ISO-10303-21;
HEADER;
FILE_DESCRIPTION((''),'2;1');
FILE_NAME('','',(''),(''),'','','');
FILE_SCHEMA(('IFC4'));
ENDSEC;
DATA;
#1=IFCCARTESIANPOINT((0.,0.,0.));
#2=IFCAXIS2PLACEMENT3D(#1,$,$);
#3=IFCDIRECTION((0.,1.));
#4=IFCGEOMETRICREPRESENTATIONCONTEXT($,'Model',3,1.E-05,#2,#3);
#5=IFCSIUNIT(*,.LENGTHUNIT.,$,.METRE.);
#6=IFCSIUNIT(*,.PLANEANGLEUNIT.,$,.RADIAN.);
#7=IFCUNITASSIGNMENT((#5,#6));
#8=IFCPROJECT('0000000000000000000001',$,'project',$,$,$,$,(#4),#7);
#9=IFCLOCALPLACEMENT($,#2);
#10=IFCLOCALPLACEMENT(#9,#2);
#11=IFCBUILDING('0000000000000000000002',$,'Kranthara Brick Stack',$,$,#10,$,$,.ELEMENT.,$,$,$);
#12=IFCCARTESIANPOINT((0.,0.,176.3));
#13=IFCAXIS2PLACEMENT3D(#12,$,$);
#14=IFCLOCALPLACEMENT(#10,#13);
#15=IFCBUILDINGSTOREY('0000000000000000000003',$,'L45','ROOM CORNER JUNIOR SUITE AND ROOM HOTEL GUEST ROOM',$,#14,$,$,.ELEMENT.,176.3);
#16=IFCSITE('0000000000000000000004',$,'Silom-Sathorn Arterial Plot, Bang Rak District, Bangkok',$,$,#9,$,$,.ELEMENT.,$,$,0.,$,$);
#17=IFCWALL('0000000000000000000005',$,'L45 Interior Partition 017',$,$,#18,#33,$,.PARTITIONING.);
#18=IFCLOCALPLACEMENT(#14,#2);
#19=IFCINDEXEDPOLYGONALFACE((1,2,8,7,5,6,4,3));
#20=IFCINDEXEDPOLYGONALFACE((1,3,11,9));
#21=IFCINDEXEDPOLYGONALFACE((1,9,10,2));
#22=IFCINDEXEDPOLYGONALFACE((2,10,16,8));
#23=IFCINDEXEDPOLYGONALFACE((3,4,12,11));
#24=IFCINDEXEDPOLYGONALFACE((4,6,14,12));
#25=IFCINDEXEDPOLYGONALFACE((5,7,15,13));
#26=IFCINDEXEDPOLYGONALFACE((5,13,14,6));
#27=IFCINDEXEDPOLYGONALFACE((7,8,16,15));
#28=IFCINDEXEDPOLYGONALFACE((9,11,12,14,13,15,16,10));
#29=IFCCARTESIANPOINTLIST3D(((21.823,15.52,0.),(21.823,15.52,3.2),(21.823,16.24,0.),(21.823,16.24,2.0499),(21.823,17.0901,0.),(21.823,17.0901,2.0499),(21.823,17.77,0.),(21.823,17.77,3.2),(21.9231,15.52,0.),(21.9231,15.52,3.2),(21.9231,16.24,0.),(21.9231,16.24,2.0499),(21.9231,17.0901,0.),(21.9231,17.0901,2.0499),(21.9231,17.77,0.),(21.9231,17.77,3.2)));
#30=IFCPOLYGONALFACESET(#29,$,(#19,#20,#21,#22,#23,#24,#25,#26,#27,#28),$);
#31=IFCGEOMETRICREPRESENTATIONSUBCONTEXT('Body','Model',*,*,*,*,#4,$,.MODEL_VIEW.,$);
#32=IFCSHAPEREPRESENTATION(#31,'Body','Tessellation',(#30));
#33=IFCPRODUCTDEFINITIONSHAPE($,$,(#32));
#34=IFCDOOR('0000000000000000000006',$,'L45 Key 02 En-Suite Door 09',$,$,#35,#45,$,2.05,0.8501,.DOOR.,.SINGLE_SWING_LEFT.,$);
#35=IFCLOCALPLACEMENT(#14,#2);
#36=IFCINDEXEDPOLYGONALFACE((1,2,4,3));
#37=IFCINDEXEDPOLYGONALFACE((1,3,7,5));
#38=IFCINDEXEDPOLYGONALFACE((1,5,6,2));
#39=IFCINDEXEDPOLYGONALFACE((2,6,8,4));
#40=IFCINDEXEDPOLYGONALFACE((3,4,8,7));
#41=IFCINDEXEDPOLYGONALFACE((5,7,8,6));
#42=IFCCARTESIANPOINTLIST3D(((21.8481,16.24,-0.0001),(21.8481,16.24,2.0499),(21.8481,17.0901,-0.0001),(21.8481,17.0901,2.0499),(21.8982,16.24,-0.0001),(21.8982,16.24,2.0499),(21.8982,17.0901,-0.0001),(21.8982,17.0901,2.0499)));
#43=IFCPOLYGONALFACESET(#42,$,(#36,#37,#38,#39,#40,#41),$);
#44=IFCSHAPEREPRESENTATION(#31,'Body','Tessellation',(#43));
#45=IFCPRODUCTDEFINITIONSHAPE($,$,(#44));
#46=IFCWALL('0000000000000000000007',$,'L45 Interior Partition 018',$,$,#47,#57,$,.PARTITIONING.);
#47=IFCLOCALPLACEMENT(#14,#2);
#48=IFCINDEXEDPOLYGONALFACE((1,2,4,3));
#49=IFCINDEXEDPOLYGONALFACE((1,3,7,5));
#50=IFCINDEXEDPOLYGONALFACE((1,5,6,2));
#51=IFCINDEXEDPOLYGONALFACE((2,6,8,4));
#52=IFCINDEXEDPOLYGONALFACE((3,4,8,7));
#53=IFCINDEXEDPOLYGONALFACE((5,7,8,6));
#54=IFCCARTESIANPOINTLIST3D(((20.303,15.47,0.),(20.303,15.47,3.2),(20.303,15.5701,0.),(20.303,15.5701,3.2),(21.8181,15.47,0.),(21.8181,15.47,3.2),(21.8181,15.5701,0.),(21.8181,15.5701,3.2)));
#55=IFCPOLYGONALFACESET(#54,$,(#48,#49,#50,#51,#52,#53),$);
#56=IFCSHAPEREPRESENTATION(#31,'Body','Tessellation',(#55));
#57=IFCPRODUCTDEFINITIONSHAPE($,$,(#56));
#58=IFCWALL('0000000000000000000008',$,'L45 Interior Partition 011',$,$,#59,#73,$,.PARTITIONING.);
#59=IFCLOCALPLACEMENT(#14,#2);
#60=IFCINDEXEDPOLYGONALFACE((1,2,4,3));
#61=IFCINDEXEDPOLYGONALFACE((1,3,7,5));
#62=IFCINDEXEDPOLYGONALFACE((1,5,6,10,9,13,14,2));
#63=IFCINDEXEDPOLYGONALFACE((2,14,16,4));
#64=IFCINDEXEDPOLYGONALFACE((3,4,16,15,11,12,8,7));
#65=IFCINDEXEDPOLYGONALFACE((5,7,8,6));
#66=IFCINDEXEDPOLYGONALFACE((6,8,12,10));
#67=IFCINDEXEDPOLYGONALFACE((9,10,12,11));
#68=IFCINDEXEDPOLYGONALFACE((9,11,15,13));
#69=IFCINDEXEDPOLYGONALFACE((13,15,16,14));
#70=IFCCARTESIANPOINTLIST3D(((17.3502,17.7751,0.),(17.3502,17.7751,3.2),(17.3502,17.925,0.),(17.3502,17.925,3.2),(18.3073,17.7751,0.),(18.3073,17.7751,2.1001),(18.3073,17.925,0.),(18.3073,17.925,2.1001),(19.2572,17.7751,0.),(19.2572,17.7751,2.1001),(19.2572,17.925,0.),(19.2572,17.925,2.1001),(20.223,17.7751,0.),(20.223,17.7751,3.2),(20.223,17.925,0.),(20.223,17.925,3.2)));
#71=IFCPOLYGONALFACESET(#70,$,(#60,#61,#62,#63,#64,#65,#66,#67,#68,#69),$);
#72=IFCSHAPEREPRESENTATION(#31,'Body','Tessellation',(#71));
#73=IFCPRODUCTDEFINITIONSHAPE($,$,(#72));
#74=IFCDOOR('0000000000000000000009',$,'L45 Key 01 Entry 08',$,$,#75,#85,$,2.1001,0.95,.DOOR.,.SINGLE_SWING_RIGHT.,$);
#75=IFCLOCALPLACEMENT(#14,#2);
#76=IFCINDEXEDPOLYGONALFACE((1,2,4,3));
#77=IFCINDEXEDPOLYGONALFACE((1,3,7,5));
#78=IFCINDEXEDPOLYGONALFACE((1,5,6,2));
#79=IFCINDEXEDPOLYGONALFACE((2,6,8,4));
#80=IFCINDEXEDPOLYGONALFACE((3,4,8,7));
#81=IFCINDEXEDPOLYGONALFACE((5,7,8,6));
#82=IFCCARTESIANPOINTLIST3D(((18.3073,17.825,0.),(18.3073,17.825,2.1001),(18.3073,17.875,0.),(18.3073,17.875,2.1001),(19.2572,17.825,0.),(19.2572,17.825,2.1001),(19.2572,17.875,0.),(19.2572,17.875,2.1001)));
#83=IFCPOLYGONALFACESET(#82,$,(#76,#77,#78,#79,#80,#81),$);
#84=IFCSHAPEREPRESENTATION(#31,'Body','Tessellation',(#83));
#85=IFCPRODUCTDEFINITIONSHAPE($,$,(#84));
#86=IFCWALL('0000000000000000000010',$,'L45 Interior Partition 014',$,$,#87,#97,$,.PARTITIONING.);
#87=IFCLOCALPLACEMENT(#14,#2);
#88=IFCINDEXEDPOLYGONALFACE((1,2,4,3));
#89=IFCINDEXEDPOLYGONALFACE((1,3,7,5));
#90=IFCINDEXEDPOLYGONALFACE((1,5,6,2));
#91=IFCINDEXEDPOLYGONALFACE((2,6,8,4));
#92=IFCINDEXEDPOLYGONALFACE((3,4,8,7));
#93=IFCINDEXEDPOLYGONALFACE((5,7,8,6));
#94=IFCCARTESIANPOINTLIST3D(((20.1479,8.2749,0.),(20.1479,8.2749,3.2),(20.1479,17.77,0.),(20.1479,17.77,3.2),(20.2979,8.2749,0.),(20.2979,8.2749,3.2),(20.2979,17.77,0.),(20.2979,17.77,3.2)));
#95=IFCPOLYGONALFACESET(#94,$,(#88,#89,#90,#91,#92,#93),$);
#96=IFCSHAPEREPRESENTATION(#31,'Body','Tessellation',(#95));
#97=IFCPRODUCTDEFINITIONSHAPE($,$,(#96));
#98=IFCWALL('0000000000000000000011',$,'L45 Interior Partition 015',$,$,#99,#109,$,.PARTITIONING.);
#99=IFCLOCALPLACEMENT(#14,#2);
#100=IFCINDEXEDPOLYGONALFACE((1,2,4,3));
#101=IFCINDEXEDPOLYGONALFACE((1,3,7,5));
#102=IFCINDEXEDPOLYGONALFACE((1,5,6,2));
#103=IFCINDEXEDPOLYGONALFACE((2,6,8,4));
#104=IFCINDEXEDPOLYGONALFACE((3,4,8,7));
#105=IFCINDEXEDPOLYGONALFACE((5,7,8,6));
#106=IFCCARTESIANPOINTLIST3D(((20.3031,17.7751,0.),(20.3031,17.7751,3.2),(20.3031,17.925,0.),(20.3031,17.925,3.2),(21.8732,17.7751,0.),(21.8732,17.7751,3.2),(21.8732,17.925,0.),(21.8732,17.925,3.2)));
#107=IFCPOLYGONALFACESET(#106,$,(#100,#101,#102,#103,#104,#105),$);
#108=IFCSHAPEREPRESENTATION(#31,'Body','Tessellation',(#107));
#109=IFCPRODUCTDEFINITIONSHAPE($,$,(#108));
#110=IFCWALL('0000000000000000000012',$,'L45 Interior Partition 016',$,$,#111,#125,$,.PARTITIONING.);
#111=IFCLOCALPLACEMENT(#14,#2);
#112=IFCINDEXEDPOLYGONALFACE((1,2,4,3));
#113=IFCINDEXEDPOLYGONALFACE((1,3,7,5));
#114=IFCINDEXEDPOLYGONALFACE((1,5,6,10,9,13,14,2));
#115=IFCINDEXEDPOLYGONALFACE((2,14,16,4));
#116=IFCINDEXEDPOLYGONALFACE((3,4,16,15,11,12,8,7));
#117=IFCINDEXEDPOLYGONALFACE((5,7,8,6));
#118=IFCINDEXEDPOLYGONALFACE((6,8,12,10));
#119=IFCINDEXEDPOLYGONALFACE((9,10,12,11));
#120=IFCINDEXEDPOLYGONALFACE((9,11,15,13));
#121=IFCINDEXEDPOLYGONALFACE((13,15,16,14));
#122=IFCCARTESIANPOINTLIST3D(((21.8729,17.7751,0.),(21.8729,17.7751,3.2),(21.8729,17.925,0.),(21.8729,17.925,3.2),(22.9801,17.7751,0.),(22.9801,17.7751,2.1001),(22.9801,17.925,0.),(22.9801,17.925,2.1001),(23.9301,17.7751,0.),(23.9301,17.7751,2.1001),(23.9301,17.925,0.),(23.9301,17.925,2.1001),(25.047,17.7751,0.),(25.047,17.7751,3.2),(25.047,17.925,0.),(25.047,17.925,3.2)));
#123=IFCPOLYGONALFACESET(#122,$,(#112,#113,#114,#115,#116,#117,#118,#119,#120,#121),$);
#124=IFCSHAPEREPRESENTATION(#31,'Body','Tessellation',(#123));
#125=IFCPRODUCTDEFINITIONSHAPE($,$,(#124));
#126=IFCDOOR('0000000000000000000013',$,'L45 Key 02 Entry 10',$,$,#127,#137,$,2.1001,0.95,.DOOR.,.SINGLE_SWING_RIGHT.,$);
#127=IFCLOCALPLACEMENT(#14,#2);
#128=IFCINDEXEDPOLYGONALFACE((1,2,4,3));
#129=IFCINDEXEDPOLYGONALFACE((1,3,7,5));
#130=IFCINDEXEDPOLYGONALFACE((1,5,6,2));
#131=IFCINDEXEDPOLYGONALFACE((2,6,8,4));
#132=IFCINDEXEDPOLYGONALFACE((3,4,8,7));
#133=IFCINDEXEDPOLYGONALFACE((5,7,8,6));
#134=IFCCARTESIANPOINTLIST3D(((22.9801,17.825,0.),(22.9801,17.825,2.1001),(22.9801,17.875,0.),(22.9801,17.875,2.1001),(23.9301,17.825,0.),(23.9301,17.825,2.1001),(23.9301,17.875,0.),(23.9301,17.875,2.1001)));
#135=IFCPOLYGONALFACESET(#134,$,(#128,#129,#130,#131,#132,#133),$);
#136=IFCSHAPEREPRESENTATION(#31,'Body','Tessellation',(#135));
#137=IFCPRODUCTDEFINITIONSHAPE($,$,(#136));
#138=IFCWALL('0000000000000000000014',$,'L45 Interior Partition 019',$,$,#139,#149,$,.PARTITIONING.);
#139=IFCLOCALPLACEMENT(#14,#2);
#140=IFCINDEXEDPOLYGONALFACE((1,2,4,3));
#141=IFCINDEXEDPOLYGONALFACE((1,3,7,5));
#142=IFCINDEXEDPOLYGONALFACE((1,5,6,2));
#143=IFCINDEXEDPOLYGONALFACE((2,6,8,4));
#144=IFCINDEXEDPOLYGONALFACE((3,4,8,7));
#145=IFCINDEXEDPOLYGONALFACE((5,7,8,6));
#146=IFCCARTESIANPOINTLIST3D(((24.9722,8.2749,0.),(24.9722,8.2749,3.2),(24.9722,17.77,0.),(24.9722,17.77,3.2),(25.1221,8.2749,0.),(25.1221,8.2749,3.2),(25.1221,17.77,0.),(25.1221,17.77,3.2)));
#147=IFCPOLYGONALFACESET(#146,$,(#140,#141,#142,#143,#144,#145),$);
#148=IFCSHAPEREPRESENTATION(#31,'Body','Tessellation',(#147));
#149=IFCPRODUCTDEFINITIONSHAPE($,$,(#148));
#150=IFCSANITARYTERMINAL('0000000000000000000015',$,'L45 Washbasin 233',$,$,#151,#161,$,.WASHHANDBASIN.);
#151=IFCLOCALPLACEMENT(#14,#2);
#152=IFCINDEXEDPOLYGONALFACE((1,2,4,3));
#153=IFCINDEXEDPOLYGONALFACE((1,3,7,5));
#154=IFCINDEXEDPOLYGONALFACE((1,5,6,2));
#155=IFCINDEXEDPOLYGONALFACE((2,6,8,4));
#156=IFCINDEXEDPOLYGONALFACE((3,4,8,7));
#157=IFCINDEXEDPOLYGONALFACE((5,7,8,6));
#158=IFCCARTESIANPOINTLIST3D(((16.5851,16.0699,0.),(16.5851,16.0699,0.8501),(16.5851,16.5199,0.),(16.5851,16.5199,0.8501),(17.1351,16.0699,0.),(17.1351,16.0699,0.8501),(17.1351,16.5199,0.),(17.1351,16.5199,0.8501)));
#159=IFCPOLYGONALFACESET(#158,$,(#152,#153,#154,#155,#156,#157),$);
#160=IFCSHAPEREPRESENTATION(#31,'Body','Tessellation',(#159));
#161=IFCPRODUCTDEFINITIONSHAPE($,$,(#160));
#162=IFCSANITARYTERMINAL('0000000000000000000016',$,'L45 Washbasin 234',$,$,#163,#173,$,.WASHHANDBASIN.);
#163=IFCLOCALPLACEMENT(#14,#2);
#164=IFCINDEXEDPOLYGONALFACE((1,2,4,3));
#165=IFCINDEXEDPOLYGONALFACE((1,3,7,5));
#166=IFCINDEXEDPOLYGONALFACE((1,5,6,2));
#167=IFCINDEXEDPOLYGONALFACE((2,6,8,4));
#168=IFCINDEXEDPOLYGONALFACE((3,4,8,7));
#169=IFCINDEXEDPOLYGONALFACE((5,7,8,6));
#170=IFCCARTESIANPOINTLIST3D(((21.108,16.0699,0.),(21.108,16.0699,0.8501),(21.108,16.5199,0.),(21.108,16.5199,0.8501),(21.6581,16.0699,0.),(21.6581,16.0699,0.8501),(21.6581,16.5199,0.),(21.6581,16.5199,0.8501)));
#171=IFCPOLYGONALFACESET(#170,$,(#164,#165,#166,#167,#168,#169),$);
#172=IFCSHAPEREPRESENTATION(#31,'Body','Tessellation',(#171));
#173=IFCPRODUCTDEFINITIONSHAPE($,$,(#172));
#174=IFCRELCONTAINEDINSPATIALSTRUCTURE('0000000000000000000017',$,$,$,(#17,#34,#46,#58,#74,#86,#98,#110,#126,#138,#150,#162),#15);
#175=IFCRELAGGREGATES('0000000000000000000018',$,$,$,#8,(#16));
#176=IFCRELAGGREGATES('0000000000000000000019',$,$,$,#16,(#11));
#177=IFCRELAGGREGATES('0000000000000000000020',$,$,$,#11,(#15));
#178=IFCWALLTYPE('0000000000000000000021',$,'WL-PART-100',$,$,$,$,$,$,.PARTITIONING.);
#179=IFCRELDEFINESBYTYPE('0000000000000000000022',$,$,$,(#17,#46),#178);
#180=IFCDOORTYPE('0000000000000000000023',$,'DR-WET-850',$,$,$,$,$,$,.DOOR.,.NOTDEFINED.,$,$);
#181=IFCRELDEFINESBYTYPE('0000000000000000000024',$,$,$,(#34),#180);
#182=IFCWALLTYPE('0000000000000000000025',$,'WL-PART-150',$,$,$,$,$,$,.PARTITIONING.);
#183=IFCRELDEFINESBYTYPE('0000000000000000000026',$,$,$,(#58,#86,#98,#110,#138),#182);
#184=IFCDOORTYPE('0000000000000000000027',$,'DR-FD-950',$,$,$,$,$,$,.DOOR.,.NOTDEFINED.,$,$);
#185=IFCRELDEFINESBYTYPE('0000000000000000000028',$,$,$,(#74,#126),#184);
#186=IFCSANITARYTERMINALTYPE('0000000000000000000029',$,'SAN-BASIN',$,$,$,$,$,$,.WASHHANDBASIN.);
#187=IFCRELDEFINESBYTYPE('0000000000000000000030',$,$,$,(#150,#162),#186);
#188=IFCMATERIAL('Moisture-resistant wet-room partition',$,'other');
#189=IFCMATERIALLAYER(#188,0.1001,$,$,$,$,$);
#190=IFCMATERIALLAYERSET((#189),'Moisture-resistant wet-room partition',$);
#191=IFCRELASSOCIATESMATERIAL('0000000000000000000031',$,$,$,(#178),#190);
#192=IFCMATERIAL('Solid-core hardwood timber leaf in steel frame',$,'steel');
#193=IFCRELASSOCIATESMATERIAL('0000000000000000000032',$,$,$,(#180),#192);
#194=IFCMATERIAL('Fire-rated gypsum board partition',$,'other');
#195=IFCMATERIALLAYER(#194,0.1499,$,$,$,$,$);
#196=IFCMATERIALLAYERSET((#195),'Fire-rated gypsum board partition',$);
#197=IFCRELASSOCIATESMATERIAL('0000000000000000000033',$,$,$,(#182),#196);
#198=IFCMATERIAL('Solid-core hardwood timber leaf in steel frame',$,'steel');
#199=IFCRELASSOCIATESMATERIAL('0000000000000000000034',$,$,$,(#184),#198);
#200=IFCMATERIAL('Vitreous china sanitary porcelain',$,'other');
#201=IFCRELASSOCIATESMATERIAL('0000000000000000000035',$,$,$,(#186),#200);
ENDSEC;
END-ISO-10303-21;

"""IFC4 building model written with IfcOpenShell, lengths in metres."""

from ifc_helpers import new_model, si_unit, direction, frame, frame_2d, origin, origin_2d, place, context, subcontext, project, spatial, rectangle, extrude, material, layer, layer_set, type_object, element, fill, save


model = new_model("IFC4")

# Units and contexts
model_context = context("Model", 3, precision=1e-05, world=origin(), true_north=direction((0.0, 1.0)))
body_context = subcontext(model_context, "Body", "Model", "MODEL_VIEW")
ifc_project = project(units=[si_unit("LENGTHUNIT", "METRE"), si_unit("PLANEANGLEUNIT", "RADIAN")], contexts=[model_context])

# Site, building, storey
site_placement = place(None, origin())
site = spatial("IfcSite", under=ifc_project, at=site_placement, Name="Silom-Sathorn Arterial Plot, Bang Rak District, Bangkok", CompositionType="ELEMENT", RefElevation=0.0)
building_placement = place(site_placement, origin())
building = spatial("IfcBuilding", under=site, at=building_placement, Name="Kranthara Brick Stack", CompositionType="ELEMENT")
storey_placement = place(building_placement, frame((0.0, 0.0, 176.3)))
storey = spatial("IfcBuildingStorey", under=building, at=storey_placement, Name="L45", Description="ROOM CORNER JUNIOR SUITE AND ROOM HOTEL GUEST ROOM", CompositionType="ELEMENT", Elevation=176.3)

# Wall, opening, door
ifc_material_1 = material(Name="Moisture-resistant wet-room partition", Category="other")
ifc_layer_1 = layer(ifc_material_1, 0.1001)
ifc_layer_set_1 = layer_set([ifc_layer_1], Name="Moisture-resistant wet-room partition")
wall_type_1 = type_object("IfcWallType", Name="WL-PART-100", PredefinedType="PARTITIONING", material=ifc_layer_set_1)
ifc_material_2 = material(Name="Solid-core hardwood timber leaf in steel frame", Category="steel")
door_type_1 = type_object("IfcDoorType", Name="DR-WET-850", OperationType="NOTDEFINED", PredefinedType="DOOR", material=ifc_material_2)
wall_1_placement = place(storey_placement, frame((21.873, 15.52, 0.0), z_axis=(0.0, 0.0, 1.0), x_axis=(0.0, 1.0, 0.0)))
wall_1 = element("IfcWall", 1, at=wall_1_placement, inside=storey, type_object=wall_type_1, Name="L45 Interior Partition 017", PredefinedType="PARTITIONING", context=body_context, shape_type="SweptSolid", body=[
    extrude(rectangle(XDim=2.25, YDim=0.1001, at=frame_2d((1.125, 0.0))), origin(), (0.0, 0.0, 1.0), 3.2),
])
opening_1_placement = place(wall_1_placement, frame((0.72, 0.0, 0.0)))
opening_1 = element("IfcOpeningElement", 2, at=opening_1_placement, cuts=wall_1, PredefinedType="OPENING", context=body_context, shape_type="SweptSolid", body=[
    extrude(rectangle(XDim=0.8501, YDim=2.05, at=frame_2d((0.425, 1.0249))), frame((0.0, 0.0601, 0.0), z_axis=(0.0, -1.0, 0.0), x_axis=(1.0, 0.0, 0.0)), (0.0, 0.0, 1.0), 0.1201),
])
door_1_placement = place(opening_1_placement, origin())
door_1 = element("IfcDoor", 3, at=door_1_placement, inside=storey, type_object=door_type_1, Name="L45 Key 02 En-Suite Door 09", OperationType="SINGLE_SWING_LEFT", OverallHeight=2.05, OverallWidth=0.8501, PredefinedType="DOOR", context=body_context, shape_type="SweptSolid", body=[
    extrude(rectangle(XDim=0.8501, YDim=2.05, at=frame_2d((0.425, 1.0249))), frame((0.0, 0.0249, 0.0), z_axis=(0.0, -1.0, 0.0), x_axis=(1.0, 0.0, 0.0)), (0.0, 0.0, 1.0), 0.05),
])
fill(opening_1, door_1)

# Wall
wall_2_placement = place(storey_placement, frame((20.303, 15.52, 0.0), z_axis=(0.0, 0.0, 1.0), x_axis=(1.0, 0.0, 0.0)))
element("IfcWall", 4, at=wall_2_placement, inside=storey, type_object=wall_type_1, Name="L45 Interior Partition 018", PredefinedType="PARTITIONING", context=body_context, shape_type="SweptSolid", body=[
    extrude(rectangle(XDim=1.5151, YDim=0.1001, at=frame_2d((0.7576, 0.0))), origin(), (0.0, 0.0, 1.0), 3.2),
])

# Wall, opening, door
ifc_material_3 = material(Name="Fire-rated gypsum board partition", Category="other")
ifc_layer_2 = layer(ifc_material_3, 0.1499)
ifc_layer_set_2 = layer_set([ifc_layer_2], Name="Fire-rated gypsum board partition")
wall_type_2 = type_object("IfcWallType", Name="WL-PART-150", PredefinedType="PARTITIONING", material=ifc_layer_set_2)
wall_3_placement = place(storey_placement, frame((17.3501, 17.8501, 0.0), z_axis=(0.0, 0.0, 1.0), x_axis=(1.0, 0.0, 0.0)))
wall_3 = element("IfcWall", 5, at=wall_3_placement, inside=storey, type_object=wall_type_2, Name="L45 Interior Partition 011", PredefinedType="PARTITIONING", context=body_context, shape_type="SweptSolid", body=[
    extrude(rectangle(XDim=2.8728, YDim=0.1499, at=frame_2d((1.4365, 0.0))), origin(), (0.0, 0.0, 1.0), 3.2),
])
opening_2_placement = place(wall_3_placement, frame((0.957, 0.0, 0.0)))
opening_2 = element("IfcOpeningElement", 6, at=opening_2_placement, cuts=wall_3, PredefinedType="OPENING", context=body_context, shape_type="SweptSolid", body=[
    extrude(rectangle(XDim=0.95, YDim=2.1001, at=frame_2d((0.4751, 1.05))), frame((0.0, 0.085, 0.0), z_axis=(0.0, -1.0, 0.0), x_axis=(1.0, 0.0, 0.0)), (0.0, 0.0, 1.0), 0.1699),
])
ifc_material_4 = material(Name="Solid-core hardwood timber leaf in steel frame", Category="steel")
door_type_2 = type_object("IfcDoorType", Name="DR-FD-950", OperationType="NOTDEFINED", PredefinedType="DOOR", material=ifc_material_4)
door_2_placement = place(opening_2_placement, origin())
door_2 = element("IfcDoor", 7, at=door_2_placement, inside=storey, type_object=door_type_2, Name="L45 Key 01 Entry 08", OperationType="SINGLE_SWING_RIGHT", OverallHeight=2.1001, OverallWidth=0.95, PredefinedType="DOOR", context=body_context, shape_type="SweptSolid", body=[
    extrude(rectangle(XDim=0.95, YDim=2.1001, at=frame_2d((0.4751, 1.05))), frame((0.0, 0.0249, 0.0), z_axis=(0.0, -1.0, 0.0), x_axis=(1.0, 0.0, 0.0)), (0.0, 0.0, 1.0), 0.05),
])
fill(opening_2, door_2)

# Walls
wall_4_placement = place(storey_placement, frame((20.2229, 8.2749, 0.0), z_axis=(0.0, 0.0, 1.0), x_axis=(0.0, 1.0, 0.0)))
element("IfcWall", 8, at=wall_4_placement, inside=storey, type_object=wall_type_2, Name="L45 Interior Partition 014", PredefinedType="PARTITIONING", context=body_context, shape_type="SweptSolid", body=[
    extrude(rectangle(XDim=9.4951, YDim=0.1499, at=frame_2d((4.7476, 0.0))), origin(), (0.0, 0.0, 1.0), 3.2),
])
wall_5_placement = place(storey_placement, frame((20.303, 17.8501, 0.0), z_axis=(0.0, 0.0, 1.0), x_axis=(1.0, 0.0, 0.0)))
element("IfcWall", 9, at=wall_5_placement, inside=storey, type_object=wall_type_2, Name="L45 Interior Partition 015", PredefinedType="PARTITIONING", context=body_context, shape_type="SweptSolid", body=[
    extrude(rectangle(XDim=1.5701, YDim=0.1499, at=frame_2d((0.7852, 0.0))), origin(), (0.0, 0.0, 1.0), 3.2),
])

# Wall, opening, door
wall_6_placement = place(storey_placement, frame((21.873, 17.8501, 0.0), z_axis=(0.0, 0.0, 1.0), x_axis=(1.0, 0.0, 0.0)))
wall_6 = element("IfcWall", 10, at=wall_6_placement, inside=storey, type_object=wall_type_2, Name="L45 Interior Partition 016", PredefinedType="PARTITIONING", context=body_context, shape_type="SweptSolid", body=[
    extrude(rectangle(XDim=3.1741, YDim=0.1499, at=frame_2d((1.5869, 0.0))), origin(), (0.0, 0.0, 1.0), 3.2),
])
opening_3_placement = place(wall_6_placement, frame((1.1069, 0.0, 0.0)))
opening_3 = element("IfcOpeningElement", 11, at=opening_3_placement, cuts=wall_6, PredefinedType="OPENING", context=body_context, shape_type="SweptSolid", body=[
    extrude(rectangle(XDim=0.95, YDim=2.1001, at=frame_2d((0.4751, 1.05))), frame((0.0, 0.085, 0.0), z_axis=(0.0, -1.0, 0.0), x_axis=(1.0, 0.0, 0.0)), (0.0, 0.0, 1.0), 0.1699),
])
door_3_placement = place(opening_3_placement, origin())
door_3 = element("IfcDoor", 12, at=door_3_placement, inside=storey, type_object=door_type_2, Name="L45 Key 02 Entry 10", OperationType="SINGLE_SWING_RIGHT", OverallHeight=2.1001, OverallWidth=0.95, PredefinedType="DOOR", context=body_context, shape_type="SweptSolid", body=[
    extrude(rectangle(XDim=0.95, YDim=2.1001, at=frame_2d((0.4751, 1.05))), frame((0.0, 0.0249, 0.0), z_axis=(0.0, -1.0, 0.0), x_axis=(1.0, 0.0, 0.0)), (0.0, 0.0, 1.0), 0.05),
])
fill(opening_3, door_3)

# Wall
wall_7_placement = place(storey_placement, frame((25.0471, 8.2749, 0.0), z_axis=(0.0, 0.0, 1.0), x_axis=(0.0, 1.0, 0.0)))
element("IfcWall", 13, at=wall_7_placement, inside=storey, type_object=wall_type_2, Name="L45 Interior Partition 019", PredefinedType="PARTITIONING", context=body_context, shape_type="SweptSolid", body=[
    extrude(rectangle(XDim=9.4951, YDim=0.1499, at=frame_2d((4.7476, 0.0))), origin(), (0.0, 0.0, 1.0), 3.2),
])

# Sanitary terminals
ifc_material_5 = material(Name="Vitreous china sanitary porcelain", Category="other")
sanitary_terminal_type_1 = type_object("IfcSanitaryTerminalType", Name="SAN-BASIN", PredefinedType="WASHHANDBASIN", material=ifc_material_5)
for number, where, z_axis, x_axis, name in (
    (14, (16.8601, 16.2949, 0.0), (0.0, 0.0, 1.0), (1.0, 0.0, 0.0), "L45 Washbasin 233"),
    (15, (21.3831, 16.2949, 0.0), (0.0, 0.0, 1.0), (1.0, 0.0, 0.0), "L45 Washbasin 234"),
):
    element("IfcSanitaryTerminal", number, at=place(storey_placement, frame(where, z_axis=z_axis, x_axis=x_axis)), inside=storey, type_object=sanitary_terminal_type_1, Name=name, PredefinedType="WASHHANDBASIN", context=body_context, shape_type="SweptSolid", body=[
        extrude(rectangle(XDim=0.55, YDim=0.45, at=origin_2d()), origin(), (0.0, 0.0, 1.0), 0.8501),
    ])

save(model, "model.ifc")
